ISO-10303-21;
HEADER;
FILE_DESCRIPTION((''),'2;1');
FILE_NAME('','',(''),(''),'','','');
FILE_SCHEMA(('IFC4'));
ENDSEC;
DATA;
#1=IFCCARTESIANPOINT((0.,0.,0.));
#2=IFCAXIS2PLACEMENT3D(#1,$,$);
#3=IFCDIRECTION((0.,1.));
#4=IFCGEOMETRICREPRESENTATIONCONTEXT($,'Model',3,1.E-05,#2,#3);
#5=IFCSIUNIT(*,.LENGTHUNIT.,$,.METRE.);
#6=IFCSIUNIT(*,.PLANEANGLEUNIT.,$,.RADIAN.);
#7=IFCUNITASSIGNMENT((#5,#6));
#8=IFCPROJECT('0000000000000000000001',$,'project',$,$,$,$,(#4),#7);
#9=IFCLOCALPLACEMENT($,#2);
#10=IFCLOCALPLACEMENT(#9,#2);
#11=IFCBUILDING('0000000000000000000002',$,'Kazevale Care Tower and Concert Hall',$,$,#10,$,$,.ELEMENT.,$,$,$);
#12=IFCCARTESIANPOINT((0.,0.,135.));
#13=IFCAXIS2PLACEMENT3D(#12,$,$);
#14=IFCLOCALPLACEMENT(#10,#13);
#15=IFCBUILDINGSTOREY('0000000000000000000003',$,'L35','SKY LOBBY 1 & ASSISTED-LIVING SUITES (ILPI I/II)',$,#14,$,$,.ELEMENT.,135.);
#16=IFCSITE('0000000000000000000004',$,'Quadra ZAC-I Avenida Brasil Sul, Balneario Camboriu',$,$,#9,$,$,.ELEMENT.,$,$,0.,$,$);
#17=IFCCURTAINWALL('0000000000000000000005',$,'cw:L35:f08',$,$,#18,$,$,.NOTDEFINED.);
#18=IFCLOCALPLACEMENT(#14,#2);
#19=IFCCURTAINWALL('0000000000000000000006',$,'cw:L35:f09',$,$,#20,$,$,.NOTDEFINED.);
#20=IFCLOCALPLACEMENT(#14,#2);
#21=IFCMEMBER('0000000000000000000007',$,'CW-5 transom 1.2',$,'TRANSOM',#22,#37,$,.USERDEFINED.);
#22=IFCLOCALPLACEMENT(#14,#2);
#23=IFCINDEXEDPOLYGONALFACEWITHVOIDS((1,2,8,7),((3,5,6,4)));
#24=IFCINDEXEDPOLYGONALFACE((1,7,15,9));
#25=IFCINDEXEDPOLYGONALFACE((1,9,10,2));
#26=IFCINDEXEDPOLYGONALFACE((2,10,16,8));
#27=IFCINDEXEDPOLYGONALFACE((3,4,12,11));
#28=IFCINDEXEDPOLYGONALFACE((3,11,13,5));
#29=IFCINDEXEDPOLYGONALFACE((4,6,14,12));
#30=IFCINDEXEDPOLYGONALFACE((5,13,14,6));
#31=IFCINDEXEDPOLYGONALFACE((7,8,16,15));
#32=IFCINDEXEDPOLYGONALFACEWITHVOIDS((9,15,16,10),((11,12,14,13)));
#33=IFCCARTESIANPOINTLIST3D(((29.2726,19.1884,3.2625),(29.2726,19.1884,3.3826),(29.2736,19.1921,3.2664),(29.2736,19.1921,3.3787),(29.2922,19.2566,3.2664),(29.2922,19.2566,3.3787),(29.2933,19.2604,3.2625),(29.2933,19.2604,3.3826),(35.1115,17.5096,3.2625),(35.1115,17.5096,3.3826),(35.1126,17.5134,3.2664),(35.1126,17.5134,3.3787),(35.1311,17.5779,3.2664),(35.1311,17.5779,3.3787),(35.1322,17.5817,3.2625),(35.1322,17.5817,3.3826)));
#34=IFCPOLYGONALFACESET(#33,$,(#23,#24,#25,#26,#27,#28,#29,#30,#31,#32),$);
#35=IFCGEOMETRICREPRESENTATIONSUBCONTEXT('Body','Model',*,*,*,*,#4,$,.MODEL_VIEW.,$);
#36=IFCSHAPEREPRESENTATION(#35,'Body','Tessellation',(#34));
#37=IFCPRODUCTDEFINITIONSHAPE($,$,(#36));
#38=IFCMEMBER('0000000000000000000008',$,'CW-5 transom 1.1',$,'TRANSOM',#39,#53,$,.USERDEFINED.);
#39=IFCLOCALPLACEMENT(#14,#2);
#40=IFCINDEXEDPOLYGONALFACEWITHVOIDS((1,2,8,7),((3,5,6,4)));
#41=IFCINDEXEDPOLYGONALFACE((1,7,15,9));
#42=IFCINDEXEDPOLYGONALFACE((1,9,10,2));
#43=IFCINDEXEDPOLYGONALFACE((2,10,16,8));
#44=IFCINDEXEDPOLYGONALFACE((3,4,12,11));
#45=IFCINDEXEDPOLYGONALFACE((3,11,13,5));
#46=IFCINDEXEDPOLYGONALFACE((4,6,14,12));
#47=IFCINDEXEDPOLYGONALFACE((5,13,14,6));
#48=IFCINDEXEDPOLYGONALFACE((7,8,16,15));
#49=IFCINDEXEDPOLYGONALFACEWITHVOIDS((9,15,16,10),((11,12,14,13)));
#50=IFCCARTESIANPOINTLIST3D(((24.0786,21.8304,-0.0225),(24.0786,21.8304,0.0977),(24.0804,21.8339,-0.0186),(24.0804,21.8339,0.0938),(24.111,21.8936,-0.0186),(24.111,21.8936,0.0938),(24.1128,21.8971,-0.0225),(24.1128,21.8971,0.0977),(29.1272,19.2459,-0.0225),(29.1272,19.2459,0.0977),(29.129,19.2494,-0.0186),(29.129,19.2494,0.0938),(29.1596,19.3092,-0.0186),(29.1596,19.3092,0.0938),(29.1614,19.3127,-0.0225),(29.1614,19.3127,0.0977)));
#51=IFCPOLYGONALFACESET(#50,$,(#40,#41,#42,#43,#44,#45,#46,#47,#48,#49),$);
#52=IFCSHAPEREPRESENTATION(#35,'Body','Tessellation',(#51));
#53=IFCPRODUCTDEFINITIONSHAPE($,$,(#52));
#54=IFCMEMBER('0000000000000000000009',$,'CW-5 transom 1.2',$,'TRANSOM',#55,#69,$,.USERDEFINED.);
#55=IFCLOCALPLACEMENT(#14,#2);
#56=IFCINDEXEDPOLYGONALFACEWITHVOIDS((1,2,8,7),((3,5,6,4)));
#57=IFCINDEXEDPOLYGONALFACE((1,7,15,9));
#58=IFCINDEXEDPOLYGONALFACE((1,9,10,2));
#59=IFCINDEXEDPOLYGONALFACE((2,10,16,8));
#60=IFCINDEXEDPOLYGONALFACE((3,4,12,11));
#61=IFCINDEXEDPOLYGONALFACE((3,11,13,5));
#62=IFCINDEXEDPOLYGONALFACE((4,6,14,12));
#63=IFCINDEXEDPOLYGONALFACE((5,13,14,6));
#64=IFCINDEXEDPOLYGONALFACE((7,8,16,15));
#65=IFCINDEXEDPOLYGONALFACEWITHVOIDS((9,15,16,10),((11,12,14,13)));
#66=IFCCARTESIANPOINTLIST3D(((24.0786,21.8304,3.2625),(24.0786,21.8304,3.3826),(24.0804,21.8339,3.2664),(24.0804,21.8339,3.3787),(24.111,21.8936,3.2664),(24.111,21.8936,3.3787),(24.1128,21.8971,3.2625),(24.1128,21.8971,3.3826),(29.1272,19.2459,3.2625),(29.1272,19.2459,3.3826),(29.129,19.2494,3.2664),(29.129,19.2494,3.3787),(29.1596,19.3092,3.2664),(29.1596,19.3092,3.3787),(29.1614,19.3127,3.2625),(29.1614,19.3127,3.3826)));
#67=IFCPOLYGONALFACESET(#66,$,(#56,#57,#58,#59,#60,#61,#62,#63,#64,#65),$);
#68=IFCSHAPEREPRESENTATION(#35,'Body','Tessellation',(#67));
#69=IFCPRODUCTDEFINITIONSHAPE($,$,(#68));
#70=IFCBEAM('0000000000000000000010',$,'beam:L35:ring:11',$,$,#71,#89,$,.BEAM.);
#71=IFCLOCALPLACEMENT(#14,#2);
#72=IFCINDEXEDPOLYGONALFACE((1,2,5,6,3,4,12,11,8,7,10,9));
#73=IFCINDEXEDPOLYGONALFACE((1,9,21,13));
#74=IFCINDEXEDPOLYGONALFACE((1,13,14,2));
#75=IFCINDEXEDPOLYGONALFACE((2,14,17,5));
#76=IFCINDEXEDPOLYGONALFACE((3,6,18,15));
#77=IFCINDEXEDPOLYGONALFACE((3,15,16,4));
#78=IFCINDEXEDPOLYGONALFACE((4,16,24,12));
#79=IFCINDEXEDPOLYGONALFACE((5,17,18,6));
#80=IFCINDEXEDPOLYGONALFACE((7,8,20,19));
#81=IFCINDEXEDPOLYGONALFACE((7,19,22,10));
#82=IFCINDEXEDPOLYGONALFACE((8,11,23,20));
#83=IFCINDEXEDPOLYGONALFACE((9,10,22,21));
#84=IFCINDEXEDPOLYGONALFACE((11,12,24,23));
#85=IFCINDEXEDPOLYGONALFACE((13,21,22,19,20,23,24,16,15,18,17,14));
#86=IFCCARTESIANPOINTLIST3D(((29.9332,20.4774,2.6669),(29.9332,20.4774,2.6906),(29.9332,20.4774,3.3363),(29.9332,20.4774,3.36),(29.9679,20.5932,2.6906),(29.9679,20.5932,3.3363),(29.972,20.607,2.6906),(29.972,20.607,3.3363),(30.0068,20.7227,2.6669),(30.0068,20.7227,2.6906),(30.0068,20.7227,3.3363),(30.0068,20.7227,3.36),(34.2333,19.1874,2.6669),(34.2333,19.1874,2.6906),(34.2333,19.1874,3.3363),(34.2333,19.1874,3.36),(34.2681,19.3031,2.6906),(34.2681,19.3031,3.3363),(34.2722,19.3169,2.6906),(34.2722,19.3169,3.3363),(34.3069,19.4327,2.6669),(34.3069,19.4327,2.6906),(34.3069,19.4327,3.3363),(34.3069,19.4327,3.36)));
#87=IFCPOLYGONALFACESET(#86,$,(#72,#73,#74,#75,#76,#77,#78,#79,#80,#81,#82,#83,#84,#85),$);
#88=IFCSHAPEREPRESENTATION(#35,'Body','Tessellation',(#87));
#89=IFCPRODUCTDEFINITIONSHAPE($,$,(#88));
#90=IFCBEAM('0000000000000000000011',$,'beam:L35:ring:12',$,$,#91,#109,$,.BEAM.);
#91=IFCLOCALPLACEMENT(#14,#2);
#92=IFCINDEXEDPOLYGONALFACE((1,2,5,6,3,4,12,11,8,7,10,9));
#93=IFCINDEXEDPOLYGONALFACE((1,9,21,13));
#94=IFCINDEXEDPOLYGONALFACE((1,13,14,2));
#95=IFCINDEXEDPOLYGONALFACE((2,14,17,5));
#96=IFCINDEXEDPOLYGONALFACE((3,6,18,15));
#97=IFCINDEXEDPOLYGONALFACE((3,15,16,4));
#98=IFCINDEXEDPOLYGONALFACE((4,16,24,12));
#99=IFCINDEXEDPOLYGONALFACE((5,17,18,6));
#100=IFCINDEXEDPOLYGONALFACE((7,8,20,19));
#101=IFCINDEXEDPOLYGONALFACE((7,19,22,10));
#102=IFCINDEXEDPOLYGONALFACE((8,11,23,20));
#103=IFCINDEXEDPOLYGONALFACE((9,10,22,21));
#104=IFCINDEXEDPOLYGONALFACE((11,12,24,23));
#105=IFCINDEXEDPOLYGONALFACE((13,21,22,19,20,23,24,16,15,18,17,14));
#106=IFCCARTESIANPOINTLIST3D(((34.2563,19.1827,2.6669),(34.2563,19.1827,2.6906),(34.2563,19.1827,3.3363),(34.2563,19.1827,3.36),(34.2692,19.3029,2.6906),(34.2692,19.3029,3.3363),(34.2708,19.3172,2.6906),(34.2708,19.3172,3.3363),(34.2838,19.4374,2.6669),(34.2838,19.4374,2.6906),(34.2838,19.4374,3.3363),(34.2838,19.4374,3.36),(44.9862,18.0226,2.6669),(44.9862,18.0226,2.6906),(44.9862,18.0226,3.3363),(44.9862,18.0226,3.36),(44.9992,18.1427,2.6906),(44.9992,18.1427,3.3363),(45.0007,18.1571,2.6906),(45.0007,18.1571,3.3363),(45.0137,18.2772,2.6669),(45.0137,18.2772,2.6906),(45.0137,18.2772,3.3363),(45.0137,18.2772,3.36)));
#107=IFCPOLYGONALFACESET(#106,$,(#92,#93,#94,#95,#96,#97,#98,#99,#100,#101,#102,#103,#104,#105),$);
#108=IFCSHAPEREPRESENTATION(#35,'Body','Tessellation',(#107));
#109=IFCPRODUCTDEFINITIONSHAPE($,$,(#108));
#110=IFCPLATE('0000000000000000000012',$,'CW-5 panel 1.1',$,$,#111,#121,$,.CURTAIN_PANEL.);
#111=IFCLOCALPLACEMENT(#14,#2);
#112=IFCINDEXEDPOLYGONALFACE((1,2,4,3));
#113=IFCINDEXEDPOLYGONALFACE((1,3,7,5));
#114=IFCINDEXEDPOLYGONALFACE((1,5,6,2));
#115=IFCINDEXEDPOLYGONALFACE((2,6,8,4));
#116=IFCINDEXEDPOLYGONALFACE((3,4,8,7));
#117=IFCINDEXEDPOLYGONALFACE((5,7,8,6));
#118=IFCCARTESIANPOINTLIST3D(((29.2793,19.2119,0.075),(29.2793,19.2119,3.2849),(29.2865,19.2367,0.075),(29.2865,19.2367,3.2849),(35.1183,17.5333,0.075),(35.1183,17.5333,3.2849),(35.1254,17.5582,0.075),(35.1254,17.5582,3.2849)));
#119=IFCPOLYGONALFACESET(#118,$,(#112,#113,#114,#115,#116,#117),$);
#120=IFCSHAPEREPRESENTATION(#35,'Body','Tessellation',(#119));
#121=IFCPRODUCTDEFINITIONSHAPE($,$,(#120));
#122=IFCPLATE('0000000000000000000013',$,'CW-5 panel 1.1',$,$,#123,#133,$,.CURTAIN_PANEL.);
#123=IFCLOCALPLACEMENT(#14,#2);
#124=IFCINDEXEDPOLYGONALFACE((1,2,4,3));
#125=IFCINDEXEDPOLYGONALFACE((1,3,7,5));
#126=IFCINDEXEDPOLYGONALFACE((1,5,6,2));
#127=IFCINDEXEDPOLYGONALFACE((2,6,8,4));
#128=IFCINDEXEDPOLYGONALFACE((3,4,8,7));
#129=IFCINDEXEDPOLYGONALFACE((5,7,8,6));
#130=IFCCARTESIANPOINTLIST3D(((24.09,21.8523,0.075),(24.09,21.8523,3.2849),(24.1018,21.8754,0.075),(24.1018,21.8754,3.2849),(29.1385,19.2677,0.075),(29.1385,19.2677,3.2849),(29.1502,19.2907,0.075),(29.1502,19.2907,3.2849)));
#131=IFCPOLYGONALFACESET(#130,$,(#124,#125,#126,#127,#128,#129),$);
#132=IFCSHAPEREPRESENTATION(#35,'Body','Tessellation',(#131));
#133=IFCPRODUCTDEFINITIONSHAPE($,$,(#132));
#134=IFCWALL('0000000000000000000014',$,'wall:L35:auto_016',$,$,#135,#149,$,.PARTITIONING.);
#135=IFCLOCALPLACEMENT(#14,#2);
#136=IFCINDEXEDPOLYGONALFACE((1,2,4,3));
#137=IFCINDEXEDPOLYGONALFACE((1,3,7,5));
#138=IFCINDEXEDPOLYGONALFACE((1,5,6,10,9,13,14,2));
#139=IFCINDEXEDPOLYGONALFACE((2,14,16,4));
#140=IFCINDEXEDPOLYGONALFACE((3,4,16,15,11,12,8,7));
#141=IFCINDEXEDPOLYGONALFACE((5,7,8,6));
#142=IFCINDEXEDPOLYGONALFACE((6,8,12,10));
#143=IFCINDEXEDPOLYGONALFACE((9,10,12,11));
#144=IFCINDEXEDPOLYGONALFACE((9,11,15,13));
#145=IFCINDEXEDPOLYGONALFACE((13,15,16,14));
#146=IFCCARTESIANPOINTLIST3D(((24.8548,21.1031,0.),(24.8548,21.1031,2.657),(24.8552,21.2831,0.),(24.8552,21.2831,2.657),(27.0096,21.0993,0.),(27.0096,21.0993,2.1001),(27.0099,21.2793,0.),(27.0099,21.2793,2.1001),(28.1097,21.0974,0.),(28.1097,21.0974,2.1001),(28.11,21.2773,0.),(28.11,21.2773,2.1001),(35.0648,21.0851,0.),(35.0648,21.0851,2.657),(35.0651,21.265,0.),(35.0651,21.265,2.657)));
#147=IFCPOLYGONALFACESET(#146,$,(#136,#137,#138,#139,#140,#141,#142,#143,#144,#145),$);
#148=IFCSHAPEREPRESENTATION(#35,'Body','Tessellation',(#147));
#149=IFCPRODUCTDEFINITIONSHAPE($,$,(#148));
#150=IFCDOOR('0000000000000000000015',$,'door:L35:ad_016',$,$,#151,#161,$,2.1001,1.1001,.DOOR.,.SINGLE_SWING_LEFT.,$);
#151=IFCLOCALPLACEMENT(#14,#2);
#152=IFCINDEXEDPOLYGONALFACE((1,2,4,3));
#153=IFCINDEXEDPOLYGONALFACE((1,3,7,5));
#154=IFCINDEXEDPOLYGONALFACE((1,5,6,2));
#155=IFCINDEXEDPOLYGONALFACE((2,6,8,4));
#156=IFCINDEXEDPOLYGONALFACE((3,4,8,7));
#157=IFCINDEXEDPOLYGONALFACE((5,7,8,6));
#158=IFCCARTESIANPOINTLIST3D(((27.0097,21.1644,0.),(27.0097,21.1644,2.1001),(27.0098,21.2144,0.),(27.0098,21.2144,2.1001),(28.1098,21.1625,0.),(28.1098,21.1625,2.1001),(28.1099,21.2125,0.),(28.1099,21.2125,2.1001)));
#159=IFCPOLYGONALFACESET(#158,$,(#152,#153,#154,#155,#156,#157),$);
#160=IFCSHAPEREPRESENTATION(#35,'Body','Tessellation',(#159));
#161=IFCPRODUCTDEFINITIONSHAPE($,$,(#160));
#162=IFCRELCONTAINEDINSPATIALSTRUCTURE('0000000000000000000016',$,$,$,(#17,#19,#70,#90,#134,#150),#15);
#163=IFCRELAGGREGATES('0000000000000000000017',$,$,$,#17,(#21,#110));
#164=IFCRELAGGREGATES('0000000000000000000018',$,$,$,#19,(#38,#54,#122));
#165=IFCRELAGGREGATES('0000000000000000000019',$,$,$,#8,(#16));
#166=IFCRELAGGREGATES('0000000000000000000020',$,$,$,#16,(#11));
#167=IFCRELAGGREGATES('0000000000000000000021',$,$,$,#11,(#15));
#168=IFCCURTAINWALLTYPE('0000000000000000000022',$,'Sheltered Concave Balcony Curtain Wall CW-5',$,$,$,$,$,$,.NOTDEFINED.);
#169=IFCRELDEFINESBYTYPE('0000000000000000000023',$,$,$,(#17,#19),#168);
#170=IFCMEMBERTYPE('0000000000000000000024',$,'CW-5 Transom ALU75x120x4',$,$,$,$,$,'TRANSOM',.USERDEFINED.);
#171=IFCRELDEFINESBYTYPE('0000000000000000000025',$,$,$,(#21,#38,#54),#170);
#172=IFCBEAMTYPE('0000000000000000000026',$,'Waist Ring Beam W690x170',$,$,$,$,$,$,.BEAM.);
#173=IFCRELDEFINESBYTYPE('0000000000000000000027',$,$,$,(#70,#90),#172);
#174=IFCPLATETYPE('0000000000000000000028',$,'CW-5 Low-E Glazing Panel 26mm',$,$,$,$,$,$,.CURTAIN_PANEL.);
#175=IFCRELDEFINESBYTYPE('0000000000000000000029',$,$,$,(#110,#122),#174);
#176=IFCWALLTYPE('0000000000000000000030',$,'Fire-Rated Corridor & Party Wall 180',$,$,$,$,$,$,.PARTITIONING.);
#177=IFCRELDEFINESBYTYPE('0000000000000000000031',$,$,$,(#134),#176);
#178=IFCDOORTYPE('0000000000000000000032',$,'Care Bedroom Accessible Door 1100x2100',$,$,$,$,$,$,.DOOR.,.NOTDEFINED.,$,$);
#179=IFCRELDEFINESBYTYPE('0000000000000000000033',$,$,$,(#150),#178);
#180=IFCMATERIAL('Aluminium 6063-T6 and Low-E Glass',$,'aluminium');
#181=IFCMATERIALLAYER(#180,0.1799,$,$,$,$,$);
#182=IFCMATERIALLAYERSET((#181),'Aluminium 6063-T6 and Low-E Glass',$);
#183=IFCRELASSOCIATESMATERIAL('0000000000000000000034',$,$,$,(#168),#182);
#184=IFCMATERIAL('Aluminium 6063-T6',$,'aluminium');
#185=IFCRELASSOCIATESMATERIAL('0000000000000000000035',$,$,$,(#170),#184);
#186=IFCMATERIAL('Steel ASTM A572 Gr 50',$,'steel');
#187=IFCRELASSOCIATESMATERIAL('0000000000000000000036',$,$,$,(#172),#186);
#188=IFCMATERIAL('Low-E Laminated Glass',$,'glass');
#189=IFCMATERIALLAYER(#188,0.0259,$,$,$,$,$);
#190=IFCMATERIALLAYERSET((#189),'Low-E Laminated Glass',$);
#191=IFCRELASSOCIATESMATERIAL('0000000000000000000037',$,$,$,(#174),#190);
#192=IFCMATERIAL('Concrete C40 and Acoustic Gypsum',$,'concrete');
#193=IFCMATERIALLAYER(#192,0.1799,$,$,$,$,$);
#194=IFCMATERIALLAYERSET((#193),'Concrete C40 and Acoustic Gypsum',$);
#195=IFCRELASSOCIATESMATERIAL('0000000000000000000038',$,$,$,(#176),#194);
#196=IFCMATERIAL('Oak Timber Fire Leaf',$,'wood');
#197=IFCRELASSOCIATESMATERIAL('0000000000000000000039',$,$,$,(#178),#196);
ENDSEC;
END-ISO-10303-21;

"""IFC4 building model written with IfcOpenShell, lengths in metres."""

from ifc_helpers import new_model, si_unit, direction, frame, frame_2d, origin, origin_2d, place, context, subcontext, project, spatial, rectangle, hollow_rectangle, i_section, extrude, material, layer, layer_set, material_profile, profile_set, type_object, element, fill, aggregate, save


model = new_model("IFC4")

# Units and contexts
model_context = context("Model", 3, precision=1e-05, world=origin(), true_north=direction((0.0, 1.0)))
body_context = subcontext(model_context, "Body", "Model", "MODEL_VIEW")
ifc_project = project(units=[si_unit("LENGTHUNIT", "METRE"), si_unit("PLANEANGLEUNIT", "RADIAN")], contexts=[model_context])

# Site, building, storey
site_placement = place(None, origin())
site = spatial("IfcSite", under=ifc_project, at=site_placement, Name="Quadra ZAC-I Avenida Brasil Sul, Balneario Camboriu", CompositionType="ELEMENT", RefElevation=0.0)
building_placement = place(site_placement, origin())
building = spatial("IfcBuilding", under=site, at=building_placement, Name="Kazevale Care Tower and Concert Hall", CompositionType="ELEMENT")
storey_placement = place(building_placement, frame((0.0, 0.0, 135.0)))
storey = spatial("IfcBuildingStorey", under=building, at=storey_placement, Name="L35", Description="SKY LOBBY 1 & ASSISTED-LIVING SUITES (ILPI I/II)", CompositionType="ELEMENT", Elevation=135.0)

# Shared definitions
ifc_material_1 = material(Name="Aluminium 6063-T6 and Low-E Glass", Category="aluminium")
ifc_layer_1 = layer(ifc_material_1, 0.1799)
ifc_layer_set_1 = layer_set([ifc_layer_1], Name="Aluminium 6063-T6 and Low-E Glass")
curtain_wall_type = type_object("IfcCurtainWallType", Name="Sheltered Concave Balcony Curtain Wall CW-5", PredefinedType="NOTDEFINED", material=ifc_layer_set_1)
ifc_material_2 = material(Name="Aluminium 6063-T6", Category="aluminium")

# Curtain wall
curtain_wall_1_placement = place(storey_placement, origin())
curtain_wall_1 = element("IfcCurtainWall", 1, at=curtain_wall_1_placement, inside=storey, type_object=curtain_wall_type, Name="cw:L35:f08", PredefinedType="NOTDEFINED")

# Curtain wall
curtain_wall_2_placement = place(storey_placement, origin())
curtain_wall_2 = element("IfcCurtainWall", 2, at=curtain_wall_2_placement, inside=storey, type_object=curtain_wall_type, Name="cw:L35:f09", PredefinedType="NOTDEFINED")

# Members
ifc_material_profile_1 = material_profile(ifc_material_2, hollow_rectangle(XDim=0.075, YDim=0.1201, WallThickness=0.0039, at=origin_2d()), Name="ALU75x120x4")
ifc_profile_set_1 = profile_set([ifc_material_profile_1], Name="Aluminium 6063-T6")
member_type_1 = type_object("IfcMemberType", Name="CW-5 Transom ALU75x120x4", ElementType="TRANSOM", PredefinedType="USERDEFINED", material=ifc_profile_set_1)
member_1_placement = place(storey_placement, frame((35.1218, 17.5457, 3.3225), z_axis=(-0.961068, 0.276313, 0.0), x_axis=(-0.276313, -0.961068, 0.0)))
member_1 = element("IfcMember", 3, at=member_1_placement, type_object=member_type_1, Name="CW-5 transom 1.2", ObjectType="TRANSOM", PredefinedType="USERDEFINED", context=body_context, shape_type="SweptSolid", body=[
    extrude(hollow_rectangle(XDim=0.075, YDim=0.1201, WallThickness=0.0039, at=origin_2d()), origin(), (0.0, 0.0, 1.0), 6.0754),
])
member_2_placement = place(storey_placement, frame((29.1443, 19.2793, 0.0376), z_axis=(-0.890143, 0.455682, 0.0), x_axis=(-0.455682, -0.890143, 0.0)))
member_2 = element("IfcMember", 4, at=member_2_placement, type_object=member_type_1, Name="CW-5 transom 1.1", ObjectType="TRANSOM", PredefinedType="USERDEFINED", context=body_context, shape_type="SweptSolid", body=[
    extrude(hollow_rectangle(XDim=0.075, YDim=0.1201, WallThickness=0.0039, at=origin_2d()), origin(), (0.0, 0.0, 1.0), 5.6716),
])
member_3_placement = place(storey_placement, frame((29.1443, 19.2793, 3.3225), z_axis=(-0.890143, 0.455682, 0.0), x_axis=(-0.455682, -0.890143, 0.0)))
member_3 = element("IfcMember", 5, at=member_3_placement, type_object=member_type_1, Name="CW-5 transom 1.2", ObjectType="TRANSOM", PredefinedType="USERDEFINED", context=body_context, shape_type="SweptSolid", body=[
    extrude(hollow_rectangle(XDim=0.075, YDim=0.1201, WallThickness=0.0039, at=origin_2d()), origin(), (0.0, 0.0, 1.0), 5.6716),
])

# Beams
ifc_material_3 = material(Name="Steel ASTM A572 Gr 50", Category="steel")
ifc_material_profile_2 = material_profile(ifc_material_3, i_section(OverallWidth=0.2561, OverallDepth=0.6931, WebThickness=0.0144, FlangeThickness=0.0237, at=origin_2d()), Name="W690x170")
ifc_profile_set_2 = profile_set([ifc_material_profile_2], Name="Steel ASTM A572 Gr 50")
beam_type = type_object("IfcBeamType", Name="Waist Ring Beam W690x170", PredefinedType="BEAM", material=ifc_profile_set_2)
beam_1_placement = place(storey_placement, frame((29.97, 20.6001, 3.0134), z_axis=(0.957825, -0.287353, 0.0), x_axis=(0.287353, 0.957825, 0.0)))
element("IfcBeam", 6, at=beam_1_placement, inside=storey, type_object=beam_type, Name="beam:L35:ring:11", PredefinedType="BEAM", context=body_context, shape_type="SweptSolid", body=[
    extrude(i_section(OverallWidth=0.2561, OverallDepth=0.6931, WebThickness=0.0144, FlangeThickness=0.0237, at=origin_2d()), origin(), (0.0, 0.0, 1.0), 4.4895),
])
beam_2_placement = place(storey_placement, frame((34.27, 19.3101, 3.0134), z_axis=(0.994205, -0.107496, 0.0), x_axis=(0.107496, 0.994205, 0.0)))
element("IfcBeam", 7, at=beam_2_placement, inside=storey, type_object=beam_type, Name="beam:L35:ring:12", PredefinedType="BEAM", context=body_context, shape_type="SweptSolid", body=[
    extrude(i_section(OverallWidth=0.2561, OverallDepth=0.6931, WebThickness=0.0144, FlangeThickness=0.0237, at=origin_2d()), origin(), (0.0, 0.0, 1.0), 10.7925),
])

# Plates
ifc_material_4 = material(Name="Low-E Laminated Glass", Category="glass")
ifc_layer_2 = layer(ifc_material_4, 0.0259)
ifc_layer_set_2 = layer_set([ifc_layer_2], Name="Low-E Laminated Glass")
plate_type = type_object("IfcPlateType", Name="CW-5 Low-E Glazing Panel 26mm", PredefinedType="CURTAIN_PANEL", material=ifc_layer_set_2)
plate_1_placement = place(storey_placement, frame((32.2024, 18.385, 0.075), z_axis=(0.0, 0.0, 1.0), x_axis=(-0.961074, 0.276291, 0.0)))
plate_1 = element("IfcPlate", 8, at=plate_1_placement, type_object=plate_type, Name="CW-5 panel 1.1", PredefinedType="CURTAIN_PANEL", context=body_context, shape_type="SweptSolid", body=[
    extrude(rectangle(XDim=6.0754, YDim=0.0259, at=origin_2d()), origin(), (0.0, 0.0, 1.0), 3.21),
])
aggregate(curtain_wall_1, [member_1, plate_1])
plate_2_placement = place(storey_placement, frame((26.6201, 20.5715, 0.075), z_axis=(0.0, 0.0, 1.0), x_axis=(-0.890127, 0.455713, 0.0)))
plate_2 = element("IfcPlate", 9, at=plate_2_placement, type_object=plate_type, Name="CW-5 panel 1.1", PredefinedType="CURTAIN_PANEL", context=body_context, shape_type="SweptSolid", body=[
    extrude(rectangle(XDim=5.6716, YDim=0.0259, at=origin_2d()), origin(), (0.0, 0.0, 1.0), 3.21),
])
aggregate(curtain_wall_2, [member_2, member_3, plate_2])

# Wall, opening, door
ifc_material_5 = material(Name="Concrete C40 and Acoustic Gypsum", Category="concrete")
ifc_layer_3 = layer(ifc_material_5, 0.1799)
ifc_layer_set_3 = layer_set([ifc_layer_3], Name="Concrete C40 and Acoustic Gypsum")
wall_type = type_object("IfcWallType", Name="Fire-Rated Corridor & Party Wall 180", PredefinedType="PARTITIONING", material=ifc_layer_set_3)
wall_placement = place(storey_placement, frame((35.0649, 21.175, 0.0), z_axis=(0.0, 0.0, 1.0), x_axis=(-0.999998, 0.001769, 0.0)))
wall = element("IfcWall", 10, at=wall_placement, inside=storey, type_object=wall_type, Name="wall:L35:auto_016", PredefinedType="PARTITIONING", context=body_context, shape_type="SweptSolid", body=[
    extrude(rectangle(XDim=10.21, YDim=0.1799, at=frame_2d((5.105, 0.0))), origin(), (0.0, 0.0, 1.0), 2.657),
])
opening_placement = place(wall_placement, frame((6.9551, 0.0, 0.0)))
opening = element("IfcOpeningElement", 11, at=opening_placement, cuts=wall, PredefinedType="OPENING", context=body_context, shape_type="SweptSolid", body=[
    extrude(rectangle(XDim=1.1001, YDim=2.1001, at=frame_2d((0.55, 1.05))), frame((0.0, 0.0999, 0.0), z_axis=(0.0, -1.0, 0.0), x_axis=(1.0, 0.0, 0.0)), (0.0, 0.0, 1.0), 0.2),
])
ifc_material_6 = material(Name="Oak Timber Fire Leaf", Category="wood")
door_type = type_object("IfcDoorType", Name="Care Bedroom Accessible Door 1100x2100", OperationType="NOTDEFINED", PredefinedType="DOOR", material=ifc_material_6)
door_placement = place(opening_placement, origin())
door = element("IfcDoor", 12, at=door_placement, inside=storey, type_object=door_type, Name="door:L35:ad_016", OperationType="SINGLE_SWING_LEFT", OverallHeight=2.1001, OverallWidth=1.1001, PredefinedType="DOOR", context=body_context, shape_type="SweptSolid", body=[
    extrude(rectangle(XDim=1.1001, YDim=2.1001, at=frame_2d((0.55, 1.05))), frame((0.0, 0.0249, 0.0), z_axis=(0.0, -1.0, 0.0), x_axis=(1.0, 0.0, 0.0)), (0.0, 0.0, 1.0), 0.05),
])
fill(opening, door)

save(model, "model.ifc")
